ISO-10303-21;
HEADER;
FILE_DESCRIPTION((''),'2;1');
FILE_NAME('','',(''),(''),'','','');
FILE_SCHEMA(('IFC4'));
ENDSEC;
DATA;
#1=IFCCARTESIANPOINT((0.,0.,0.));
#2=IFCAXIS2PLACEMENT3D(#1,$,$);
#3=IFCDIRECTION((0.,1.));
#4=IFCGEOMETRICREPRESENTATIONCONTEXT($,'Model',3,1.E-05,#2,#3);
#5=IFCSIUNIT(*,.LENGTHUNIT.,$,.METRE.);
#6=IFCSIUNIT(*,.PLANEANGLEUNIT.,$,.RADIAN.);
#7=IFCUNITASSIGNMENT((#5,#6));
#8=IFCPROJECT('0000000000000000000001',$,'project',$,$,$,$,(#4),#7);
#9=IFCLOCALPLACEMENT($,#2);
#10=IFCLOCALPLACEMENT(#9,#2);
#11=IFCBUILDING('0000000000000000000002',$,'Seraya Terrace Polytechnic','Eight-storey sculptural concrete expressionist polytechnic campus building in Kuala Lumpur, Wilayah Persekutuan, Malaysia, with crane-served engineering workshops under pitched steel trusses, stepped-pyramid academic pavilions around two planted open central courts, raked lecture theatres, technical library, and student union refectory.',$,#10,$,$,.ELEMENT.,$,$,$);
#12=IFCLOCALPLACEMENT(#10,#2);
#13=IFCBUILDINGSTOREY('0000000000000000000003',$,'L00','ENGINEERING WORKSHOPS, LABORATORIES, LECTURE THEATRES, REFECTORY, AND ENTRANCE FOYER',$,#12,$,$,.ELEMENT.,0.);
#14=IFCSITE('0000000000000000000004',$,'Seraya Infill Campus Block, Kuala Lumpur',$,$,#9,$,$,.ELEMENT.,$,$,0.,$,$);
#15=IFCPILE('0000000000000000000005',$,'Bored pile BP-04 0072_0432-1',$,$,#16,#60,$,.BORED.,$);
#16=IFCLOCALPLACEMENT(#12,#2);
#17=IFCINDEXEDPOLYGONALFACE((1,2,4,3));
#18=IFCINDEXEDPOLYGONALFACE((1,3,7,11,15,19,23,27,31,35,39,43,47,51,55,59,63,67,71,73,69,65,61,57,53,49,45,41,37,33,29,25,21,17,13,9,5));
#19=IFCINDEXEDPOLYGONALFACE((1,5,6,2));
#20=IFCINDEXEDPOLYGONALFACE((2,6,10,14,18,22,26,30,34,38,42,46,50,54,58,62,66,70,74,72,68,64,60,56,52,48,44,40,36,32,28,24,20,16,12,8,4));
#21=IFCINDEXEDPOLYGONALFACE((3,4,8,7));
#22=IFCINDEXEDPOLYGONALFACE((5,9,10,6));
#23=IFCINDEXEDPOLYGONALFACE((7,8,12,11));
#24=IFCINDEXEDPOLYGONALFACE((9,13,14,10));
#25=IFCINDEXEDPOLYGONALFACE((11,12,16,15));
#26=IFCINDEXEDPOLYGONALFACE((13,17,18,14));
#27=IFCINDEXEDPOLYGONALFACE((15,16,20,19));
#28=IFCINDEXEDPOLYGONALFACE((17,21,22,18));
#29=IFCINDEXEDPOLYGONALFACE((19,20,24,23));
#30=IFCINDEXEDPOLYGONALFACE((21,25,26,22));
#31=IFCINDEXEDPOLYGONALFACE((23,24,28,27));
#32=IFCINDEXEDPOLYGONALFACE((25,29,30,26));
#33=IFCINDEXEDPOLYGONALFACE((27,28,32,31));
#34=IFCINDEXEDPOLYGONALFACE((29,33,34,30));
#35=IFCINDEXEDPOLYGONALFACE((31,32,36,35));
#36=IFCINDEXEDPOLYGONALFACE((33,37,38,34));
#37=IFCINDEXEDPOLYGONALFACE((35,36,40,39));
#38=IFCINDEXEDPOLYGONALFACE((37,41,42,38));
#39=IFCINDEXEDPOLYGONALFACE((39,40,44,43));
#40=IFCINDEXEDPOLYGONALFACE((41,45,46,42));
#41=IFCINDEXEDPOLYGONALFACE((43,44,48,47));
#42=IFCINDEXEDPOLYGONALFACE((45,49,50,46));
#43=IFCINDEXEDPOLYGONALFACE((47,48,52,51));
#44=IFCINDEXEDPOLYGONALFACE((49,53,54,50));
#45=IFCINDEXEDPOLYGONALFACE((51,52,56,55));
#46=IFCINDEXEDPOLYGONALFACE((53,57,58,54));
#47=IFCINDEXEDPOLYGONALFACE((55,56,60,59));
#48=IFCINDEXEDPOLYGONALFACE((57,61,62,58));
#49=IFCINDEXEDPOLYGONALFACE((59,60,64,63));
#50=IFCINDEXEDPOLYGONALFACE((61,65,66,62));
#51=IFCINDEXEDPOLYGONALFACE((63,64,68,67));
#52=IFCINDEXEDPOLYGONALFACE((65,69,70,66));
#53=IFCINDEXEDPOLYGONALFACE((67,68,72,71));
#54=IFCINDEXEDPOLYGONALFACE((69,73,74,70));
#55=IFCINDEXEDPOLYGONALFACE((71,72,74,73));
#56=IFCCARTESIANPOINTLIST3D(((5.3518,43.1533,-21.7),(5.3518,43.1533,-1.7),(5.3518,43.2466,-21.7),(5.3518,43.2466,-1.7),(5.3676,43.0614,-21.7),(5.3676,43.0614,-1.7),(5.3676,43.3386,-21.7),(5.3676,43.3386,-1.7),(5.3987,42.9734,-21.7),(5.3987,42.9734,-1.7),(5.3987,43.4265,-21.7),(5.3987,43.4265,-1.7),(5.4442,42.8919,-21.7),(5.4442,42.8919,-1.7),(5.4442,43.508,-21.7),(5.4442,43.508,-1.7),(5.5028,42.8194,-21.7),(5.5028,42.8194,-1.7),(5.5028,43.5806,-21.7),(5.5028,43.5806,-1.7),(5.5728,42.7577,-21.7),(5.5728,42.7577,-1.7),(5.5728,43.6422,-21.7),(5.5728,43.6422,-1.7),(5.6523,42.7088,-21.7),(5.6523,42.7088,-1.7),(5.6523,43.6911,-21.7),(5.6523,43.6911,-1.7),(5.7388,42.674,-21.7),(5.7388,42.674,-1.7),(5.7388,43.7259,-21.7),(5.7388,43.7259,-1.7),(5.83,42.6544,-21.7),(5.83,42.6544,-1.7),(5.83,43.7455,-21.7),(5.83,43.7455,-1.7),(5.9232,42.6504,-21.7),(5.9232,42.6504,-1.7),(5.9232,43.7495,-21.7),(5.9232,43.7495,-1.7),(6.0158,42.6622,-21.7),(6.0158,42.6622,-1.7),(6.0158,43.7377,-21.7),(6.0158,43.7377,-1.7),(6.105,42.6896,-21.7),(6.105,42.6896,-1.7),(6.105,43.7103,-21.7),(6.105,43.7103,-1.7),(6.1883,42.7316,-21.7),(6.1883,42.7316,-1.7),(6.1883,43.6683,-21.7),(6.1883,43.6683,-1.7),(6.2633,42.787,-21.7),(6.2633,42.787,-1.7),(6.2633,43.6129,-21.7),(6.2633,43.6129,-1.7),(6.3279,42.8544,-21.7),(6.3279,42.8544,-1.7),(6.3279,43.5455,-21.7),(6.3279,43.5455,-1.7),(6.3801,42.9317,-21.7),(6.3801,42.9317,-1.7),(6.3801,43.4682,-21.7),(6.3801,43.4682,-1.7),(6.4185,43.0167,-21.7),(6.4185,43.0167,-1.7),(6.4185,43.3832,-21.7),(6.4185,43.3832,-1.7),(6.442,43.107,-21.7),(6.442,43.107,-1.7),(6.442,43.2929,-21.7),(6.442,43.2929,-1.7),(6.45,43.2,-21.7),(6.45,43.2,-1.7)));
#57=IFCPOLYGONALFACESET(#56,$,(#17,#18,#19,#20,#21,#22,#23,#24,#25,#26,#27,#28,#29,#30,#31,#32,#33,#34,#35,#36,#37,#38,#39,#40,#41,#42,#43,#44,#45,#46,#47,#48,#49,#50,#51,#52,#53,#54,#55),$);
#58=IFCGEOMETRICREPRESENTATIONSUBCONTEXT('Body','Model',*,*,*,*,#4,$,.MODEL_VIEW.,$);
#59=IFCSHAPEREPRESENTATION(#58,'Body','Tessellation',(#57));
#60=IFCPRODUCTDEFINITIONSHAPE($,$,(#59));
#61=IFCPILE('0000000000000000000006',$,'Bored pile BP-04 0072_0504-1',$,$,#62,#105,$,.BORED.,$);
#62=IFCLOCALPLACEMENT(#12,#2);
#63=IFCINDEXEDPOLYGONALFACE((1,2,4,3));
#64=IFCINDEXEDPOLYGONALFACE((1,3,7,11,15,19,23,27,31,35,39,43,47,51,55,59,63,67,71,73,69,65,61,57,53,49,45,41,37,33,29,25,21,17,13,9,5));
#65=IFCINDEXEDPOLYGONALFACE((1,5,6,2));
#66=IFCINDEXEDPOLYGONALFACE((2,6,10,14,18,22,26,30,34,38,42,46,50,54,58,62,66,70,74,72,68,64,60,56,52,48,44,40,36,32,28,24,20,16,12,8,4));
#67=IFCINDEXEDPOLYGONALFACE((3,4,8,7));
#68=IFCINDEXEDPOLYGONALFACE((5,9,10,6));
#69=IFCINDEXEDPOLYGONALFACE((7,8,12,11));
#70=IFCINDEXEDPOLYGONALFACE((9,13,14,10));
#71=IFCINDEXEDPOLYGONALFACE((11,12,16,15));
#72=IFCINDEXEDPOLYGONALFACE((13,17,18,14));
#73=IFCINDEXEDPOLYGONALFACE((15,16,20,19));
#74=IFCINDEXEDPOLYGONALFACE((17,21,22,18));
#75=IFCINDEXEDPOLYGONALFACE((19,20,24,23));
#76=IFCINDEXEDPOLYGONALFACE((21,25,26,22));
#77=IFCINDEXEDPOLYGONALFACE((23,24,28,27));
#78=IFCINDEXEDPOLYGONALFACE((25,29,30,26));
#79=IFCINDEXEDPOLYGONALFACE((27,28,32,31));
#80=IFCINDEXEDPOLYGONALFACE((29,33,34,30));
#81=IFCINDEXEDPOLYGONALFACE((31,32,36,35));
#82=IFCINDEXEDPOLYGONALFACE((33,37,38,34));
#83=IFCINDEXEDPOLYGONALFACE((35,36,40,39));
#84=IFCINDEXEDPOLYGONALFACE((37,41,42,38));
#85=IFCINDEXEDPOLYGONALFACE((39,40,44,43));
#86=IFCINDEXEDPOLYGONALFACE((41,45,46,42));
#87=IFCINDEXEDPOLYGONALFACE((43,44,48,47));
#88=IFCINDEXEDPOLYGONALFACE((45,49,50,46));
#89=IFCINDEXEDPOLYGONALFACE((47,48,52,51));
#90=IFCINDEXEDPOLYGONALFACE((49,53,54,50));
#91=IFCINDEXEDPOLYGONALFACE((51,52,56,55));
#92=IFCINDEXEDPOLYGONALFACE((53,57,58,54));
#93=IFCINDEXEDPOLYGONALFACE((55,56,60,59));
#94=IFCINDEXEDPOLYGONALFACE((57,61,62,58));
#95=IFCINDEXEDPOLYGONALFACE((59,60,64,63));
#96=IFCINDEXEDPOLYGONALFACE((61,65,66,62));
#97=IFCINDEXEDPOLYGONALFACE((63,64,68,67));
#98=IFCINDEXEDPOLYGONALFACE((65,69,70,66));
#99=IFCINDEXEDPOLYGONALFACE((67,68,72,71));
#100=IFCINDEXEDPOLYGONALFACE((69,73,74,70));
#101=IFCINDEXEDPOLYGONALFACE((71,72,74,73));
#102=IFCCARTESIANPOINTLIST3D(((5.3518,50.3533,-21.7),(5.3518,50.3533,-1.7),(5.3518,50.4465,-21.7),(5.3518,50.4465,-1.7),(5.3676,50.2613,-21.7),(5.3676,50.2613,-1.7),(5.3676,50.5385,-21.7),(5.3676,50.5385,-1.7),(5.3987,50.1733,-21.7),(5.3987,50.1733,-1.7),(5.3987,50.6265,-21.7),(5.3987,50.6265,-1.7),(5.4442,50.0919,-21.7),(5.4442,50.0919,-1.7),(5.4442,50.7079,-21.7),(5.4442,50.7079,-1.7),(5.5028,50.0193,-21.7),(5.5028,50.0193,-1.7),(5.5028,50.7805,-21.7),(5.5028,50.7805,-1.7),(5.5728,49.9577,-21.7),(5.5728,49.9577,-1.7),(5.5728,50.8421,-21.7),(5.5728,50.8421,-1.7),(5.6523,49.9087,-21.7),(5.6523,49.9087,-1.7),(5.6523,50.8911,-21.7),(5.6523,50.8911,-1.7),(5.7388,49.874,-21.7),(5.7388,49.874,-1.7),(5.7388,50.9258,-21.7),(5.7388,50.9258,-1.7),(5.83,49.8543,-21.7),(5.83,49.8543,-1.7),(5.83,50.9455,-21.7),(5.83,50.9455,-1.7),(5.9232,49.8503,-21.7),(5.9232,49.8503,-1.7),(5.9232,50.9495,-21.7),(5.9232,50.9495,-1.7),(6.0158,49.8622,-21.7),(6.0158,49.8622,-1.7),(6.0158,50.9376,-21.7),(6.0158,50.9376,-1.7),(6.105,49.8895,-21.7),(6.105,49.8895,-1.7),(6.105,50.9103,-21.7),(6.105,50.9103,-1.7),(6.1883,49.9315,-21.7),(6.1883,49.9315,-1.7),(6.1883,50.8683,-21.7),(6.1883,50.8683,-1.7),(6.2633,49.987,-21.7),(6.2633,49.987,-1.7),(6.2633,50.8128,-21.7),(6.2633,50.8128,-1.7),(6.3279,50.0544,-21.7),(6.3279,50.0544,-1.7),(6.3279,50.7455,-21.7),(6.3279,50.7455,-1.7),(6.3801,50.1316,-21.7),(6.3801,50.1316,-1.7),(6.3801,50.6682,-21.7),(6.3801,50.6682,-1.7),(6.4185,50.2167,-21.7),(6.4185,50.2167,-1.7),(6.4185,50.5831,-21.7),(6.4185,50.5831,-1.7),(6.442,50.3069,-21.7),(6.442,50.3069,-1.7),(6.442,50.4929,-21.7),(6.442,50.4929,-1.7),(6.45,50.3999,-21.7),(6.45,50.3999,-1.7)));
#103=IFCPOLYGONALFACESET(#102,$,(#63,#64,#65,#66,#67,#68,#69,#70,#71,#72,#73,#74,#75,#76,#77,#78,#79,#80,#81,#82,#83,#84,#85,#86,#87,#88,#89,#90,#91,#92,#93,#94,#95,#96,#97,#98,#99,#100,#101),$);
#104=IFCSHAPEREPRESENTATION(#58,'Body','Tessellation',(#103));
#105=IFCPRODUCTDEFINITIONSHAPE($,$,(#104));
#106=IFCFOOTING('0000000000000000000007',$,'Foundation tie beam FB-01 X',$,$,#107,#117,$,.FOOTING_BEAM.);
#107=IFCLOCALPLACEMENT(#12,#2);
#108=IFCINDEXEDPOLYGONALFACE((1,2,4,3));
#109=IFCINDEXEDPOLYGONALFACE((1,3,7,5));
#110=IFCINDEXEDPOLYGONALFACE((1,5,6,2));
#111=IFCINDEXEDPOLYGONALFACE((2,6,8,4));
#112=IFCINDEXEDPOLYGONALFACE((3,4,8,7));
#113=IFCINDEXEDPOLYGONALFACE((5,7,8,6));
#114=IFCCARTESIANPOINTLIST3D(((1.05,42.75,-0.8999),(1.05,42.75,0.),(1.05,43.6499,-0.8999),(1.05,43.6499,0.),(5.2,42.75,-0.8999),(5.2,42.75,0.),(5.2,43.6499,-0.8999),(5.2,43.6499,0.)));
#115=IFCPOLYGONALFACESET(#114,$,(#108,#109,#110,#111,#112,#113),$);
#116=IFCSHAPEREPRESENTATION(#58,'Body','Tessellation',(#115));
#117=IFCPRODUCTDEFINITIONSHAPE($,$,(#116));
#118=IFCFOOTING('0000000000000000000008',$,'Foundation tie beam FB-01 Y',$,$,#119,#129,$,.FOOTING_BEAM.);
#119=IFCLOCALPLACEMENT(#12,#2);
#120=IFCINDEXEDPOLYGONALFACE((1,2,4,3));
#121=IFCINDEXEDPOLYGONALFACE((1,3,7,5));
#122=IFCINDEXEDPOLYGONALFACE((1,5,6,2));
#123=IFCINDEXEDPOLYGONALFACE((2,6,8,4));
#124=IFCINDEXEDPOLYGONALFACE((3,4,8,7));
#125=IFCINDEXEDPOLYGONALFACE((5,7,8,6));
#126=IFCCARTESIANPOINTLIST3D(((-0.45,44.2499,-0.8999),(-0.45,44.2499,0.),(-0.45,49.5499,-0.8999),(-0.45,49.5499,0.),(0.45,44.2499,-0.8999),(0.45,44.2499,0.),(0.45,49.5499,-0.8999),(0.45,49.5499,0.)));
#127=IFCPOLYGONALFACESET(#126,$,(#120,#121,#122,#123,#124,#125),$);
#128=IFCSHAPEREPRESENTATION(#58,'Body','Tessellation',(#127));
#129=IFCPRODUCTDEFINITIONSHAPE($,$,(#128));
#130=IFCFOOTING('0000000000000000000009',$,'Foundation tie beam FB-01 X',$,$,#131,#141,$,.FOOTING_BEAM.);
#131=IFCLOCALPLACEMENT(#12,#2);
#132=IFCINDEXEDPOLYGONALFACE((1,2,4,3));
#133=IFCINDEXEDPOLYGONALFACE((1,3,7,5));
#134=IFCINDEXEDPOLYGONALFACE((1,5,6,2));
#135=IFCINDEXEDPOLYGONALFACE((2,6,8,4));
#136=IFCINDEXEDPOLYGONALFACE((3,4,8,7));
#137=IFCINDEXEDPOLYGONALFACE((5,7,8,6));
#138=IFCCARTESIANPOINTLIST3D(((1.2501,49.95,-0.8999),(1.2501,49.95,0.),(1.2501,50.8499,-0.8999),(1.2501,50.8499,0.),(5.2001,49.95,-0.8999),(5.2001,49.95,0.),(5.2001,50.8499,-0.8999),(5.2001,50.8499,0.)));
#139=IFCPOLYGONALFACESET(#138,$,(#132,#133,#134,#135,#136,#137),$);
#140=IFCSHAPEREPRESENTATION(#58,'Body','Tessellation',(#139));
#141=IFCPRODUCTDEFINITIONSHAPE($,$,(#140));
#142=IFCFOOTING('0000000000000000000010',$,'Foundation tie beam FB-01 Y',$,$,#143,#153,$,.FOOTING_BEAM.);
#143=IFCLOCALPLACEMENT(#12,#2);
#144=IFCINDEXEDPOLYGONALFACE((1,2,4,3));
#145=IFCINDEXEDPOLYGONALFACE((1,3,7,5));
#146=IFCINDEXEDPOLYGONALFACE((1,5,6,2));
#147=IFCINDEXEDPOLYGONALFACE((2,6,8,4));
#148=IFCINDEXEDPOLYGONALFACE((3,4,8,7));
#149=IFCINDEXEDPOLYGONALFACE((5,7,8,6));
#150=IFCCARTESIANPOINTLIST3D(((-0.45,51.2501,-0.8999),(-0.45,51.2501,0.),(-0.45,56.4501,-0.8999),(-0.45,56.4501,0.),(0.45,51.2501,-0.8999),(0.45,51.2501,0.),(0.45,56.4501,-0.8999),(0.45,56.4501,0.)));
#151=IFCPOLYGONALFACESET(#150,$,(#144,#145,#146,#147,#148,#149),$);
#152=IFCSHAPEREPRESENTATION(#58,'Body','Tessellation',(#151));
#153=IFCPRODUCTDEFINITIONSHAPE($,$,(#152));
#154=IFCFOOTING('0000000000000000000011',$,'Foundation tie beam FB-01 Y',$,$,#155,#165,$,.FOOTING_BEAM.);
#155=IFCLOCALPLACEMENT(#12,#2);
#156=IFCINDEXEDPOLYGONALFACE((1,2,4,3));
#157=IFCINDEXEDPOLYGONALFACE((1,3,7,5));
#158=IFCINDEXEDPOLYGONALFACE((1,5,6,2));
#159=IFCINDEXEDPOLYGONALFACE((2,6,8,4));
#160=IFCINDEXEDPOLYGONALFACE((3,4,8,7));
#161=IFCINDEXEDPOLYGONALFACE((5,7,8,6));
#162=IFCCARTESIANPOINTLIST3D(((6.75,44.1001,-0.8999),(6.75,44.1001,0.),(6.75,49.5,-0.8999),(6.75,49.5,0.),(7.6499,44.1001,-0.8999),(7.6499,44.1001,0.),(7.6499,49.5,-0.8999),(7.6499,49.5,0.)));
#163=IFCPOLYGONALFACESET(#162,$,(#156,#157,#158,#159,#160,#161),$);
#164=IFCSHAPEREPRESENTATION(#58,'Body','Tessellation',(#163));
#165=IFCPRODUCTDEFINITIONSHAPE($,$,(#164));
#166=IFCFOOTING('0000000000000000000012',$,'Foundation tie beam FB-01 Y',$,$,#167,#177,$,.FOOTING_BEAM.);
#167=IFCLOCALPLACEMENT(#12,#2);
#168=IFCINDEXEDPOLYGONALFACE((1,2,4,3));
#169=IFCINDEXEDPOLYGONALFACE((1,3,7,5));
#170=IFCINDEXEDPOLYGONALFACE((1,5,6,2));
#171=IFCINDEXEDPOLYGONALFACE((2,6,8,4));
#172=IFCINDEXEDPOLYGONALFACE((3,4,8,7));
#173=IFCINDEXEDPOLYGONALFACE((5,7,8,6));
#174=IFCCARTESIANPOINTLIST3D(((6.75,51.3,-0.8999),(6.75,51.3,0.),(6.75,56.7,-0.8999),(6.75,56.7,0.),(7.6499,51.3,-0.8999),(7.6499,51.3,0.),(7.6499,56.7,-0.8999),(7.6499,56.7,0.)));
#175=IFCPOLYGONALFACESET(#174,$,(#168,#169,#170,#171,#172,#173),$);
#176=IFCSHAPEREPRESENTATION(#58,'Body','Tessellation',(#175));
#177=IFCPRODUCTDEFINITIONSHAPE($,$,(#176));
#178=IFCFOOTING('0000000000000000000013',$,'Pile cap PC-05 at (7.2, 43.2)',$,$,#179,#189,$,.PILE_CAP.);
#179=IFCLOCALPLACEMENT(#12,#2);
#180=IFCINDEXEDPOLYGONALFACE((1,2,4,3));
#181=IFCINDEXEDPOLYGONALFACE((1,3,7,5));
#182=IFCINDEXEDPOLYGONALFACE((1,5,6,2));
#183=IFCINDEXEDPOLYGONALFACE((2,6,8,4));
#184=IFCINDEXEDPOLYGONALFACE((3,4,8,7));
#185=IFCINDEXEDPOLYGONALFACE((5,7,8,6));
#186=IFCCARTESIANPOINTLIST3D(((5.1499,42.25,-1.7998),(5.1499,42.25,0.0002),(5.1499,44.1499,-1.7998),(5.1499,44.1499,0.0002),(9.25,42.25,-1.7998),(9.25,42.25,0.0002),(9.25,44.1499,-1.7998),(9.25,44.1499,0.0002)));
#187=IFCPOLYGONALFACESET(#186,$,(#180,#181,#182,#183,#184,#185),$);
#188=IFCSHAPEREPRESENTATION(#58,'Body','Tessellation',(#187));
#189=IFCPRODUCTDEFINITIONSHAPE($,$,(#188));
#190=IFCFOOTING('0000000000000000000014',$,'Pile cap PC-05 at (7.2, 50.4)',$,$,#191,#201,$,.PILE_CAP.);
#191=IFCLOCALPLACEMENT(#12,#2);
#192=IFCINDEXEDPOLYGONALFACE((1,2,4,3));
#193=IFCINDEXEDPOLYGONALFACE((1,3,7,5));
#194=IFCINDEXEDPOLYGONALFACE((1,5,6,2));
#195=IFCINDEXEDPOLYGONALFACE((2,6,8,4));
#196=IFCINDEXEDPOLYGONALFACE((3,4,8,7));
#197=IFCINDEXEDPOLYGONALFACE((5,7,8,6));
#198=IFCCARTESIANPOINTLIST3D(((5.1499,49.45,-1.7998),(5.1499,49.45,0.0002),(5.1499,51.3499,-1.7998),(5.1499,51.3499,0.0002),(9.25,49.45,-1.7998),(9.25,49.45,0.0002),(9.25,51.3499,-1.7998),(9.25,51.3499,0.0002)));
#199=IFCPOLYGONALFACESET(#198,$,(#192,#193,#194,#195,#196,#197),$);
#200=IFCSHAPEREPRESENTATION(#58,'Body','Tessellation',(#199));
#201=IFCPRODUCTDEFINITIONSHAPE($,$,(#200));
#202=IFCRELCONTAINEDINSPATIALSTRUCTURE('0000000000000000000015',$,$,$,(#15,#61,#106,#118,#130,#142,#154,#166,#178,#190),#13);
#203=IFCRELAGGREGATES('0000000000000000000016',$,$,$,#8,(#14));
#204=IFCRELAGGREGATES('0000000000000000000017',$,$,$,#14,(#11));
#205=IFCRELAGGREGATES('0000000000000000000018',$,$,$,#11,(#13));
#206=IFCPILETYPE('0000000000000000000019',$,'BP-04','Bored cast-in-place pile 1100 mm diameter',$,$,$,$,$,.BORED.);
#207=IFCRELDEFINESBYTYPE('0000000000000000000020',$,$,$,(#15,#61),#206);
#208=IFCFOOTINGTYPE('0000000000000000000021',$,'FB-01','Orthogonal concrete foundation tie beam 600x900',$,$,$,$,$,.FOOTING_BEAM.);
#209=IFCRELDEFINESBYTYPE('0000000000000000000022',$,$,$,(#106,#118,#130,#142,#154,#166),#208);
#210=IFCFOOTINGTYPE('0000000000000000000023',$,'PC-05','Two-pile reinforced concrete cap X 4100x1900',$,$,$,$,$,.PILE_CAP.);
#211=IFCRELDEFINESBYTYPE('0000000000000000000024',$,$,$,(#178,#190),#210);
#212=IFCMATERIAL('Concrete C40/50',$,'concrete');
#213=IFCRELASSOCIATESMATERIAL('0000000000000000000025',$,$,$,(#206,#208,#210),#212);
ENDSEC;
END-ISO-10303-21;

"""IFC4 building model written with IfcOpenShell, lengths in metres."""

from ifc_helpers import new_model, si_unit, direction, frame, origin, origin_2d, place, context, subcontext, project, spatial, rectangle, circle, extrude, material, material_profile, profile_set, type_object, element, save


model = new_model("IFC4")

# Units and contexts
model_context = context("Model", 3, precision=1e-05, world=origin(), true_north=direction((0.0, 1.0)))
body_context = subcontext(model_context, "Body", "Model", "MODEL_VIEW")
ifc_project = project(units=[si_unit("LENGTHUNIT", "METRE"), si_unit("PLANEANGLEUNIT", "RADIAN")], contexts=[model_context])

# Site, building, storey
site_placement = place(None, origin())
site = spatial("IfcSite", under=ifc_project, at=site_placement, Name="Seraya Infill Campus Block, Kuala Lumpur", CompositionType="ELEMENT", RefElevation=0.0)
building_placement = place(site_placement, origin())
building = spatial("IfcBuilding", under=site, at=building_placement, Name="Seraya Terrace Polytechnic", Description="Eight-storey sculptural concrete expressionist polytechnic campus building in Kuala Lumpur, Wilayah Persekutuan, Malaysia, with crane-served engineering workshops under pitched steel trusses, stepped-pyramid academic pavilions around two planted open central courts, raked lecture theatres, technical library, and student union refectory.", CompositionType="ELEMENT")
storey_placement = place(building_placement, origin())
storey = spatial("IfcBuildingStorey", under=building, at=storey_placement, Name="L00", Description="ENGINEERING WORKSHOPS, LABORATORIES, LECTURE THEATRES, REFECTORY, AND ENTRANCE FOYER", CompositionType="ELEMENT", Elevation=0.0)

# Piles
ifc_material_1 = material(Name="Concrete C40/50", Category="concrete")
ifc_material_profile_1 = material_profile(ifc_material_1, circle(Radius=0.55, at=origin_2d()), Name="DIA 1100")
ifc_profile_set_1 = profile_set([ifc_material_profile_1], Name="Concrete C40/50")
pile_type = type_object("IfcPileType", Name="BP-04", Description="Bored cast-in-place pile 1100 mm diameter", PredefinedType="BORED", material=ifc_profile_set_1)
for number, where, z_axis, x_axis, name in (
    (1, (5.8999, 43.2, -1.7), (0.0, 0.0, -1.0), (1.0, 0.0, 0.0), "Bored pile BP-04 0072_0432-1"),
    (2, (5.8999, 50.3999, -1.7), (0.0, 0.0, -1.0), (1.0, 0.0, 0.0), "Bored pile BP-04 0072_0504-1"),
):
    element("IfcPile", number, at=place(storey_placement, frame(where, z_axis=z_axis, x_axis=x_axis)), inside=storey, type_object=pile_type, Name=name, PredefinedType="BORED", context=body_context, shape_type="SweptSolid", body=[
        extrude(circle(Radius=0.55, at=origin_2d()), origin(), (0.0, 0.0, 1.0), 20.0),
    ])

# Footings
footing_type_1 = type_object("IfcFootingType", Name="FB-01", Description="Orthogonal concrete foundation tie beam 600x900", PredefinedType="FOOTING_BEAM", material=ifc_material_1)
footing_1_placement = place(storey_placement, frame((3.125, 43.2, -0.8999), z_axis=(0.0, 0.0, 1.0), x_axis=(1.0, 0.0, 0.0)))
element("IfcFooting", 3, at=footing_1_placement, inside=storey, type_object=footing_type_1, Name="Foundation tie beam FB-01 X", PredefinedType="FOOTING_BEAM", context=body_context, shape_type="SweptSolid", body=[
    extrude(rectangle(XDim=4.1499, YDim=0.8999, at=origin_2d()), origin(), (0.0, 0.0, 1.0), 0.8999),
])
footing_2_placement = place(storey_placement, frame((0.0, 46.8999, -0.8999), z_axis=(0.0, 0.0, 1.0), x_axis=(0.0, 1.0, 0.0)))
element("IfcFooting", 4, at=footing_2_placement, inside=storey, type_object=footing_type_1, Name="Foundation tie beam FB-01 Y", PredefinedType="FOOTING_BEAM", context=body_context, shape_type="SweptSolid", body=[
    extrude(rectangle(XDim=5.3, YDim=0.8999, at=origin_2d()), origin(), (0.0, 0.0, 1.0), 0.8999),
])
footing_3_placement = place(storey_placement, frame((3.2251, 50.3999, -0.8999), z_axis=(0.0, 0.0, 1.0), x_axis=(1.0, 0.0, 0.0)))
element("IfcFooting", 5, at=footing_3_placement, inside=storey, type_object=footing_type_1, Name="Foundation tie beam FB-01 X", PredefinedType="FOOTING_BEAM", context=body_context, shape_type="SweptSolid", body=[
    extrude(rectangle(XDim=3.95, YDim=0.8999, at=origin_2d()), origin(), (0.0, 0.0, 1.0), 0.8999),
])
footing_4_placement = place(storey_placement, frame((0.0, 53.8501, -0.8999), z_axis=(0.0, 0.0, 1.0), x_axis=(0.0, 1.0, 0.0)))
element("IfcFooting", 6, at=footing_4_placement, inside=storey, type_object=footing_type_1, Name="Foundation tie beam FB-01 Y", PredefinedType="FOOTING_BEAM", context=body_context, shape_type="SweptSolid", body=[
    extrude(rectangle(XDim=5.2, YDim=0.8999, at=origin_2d()), origin(), (0.0, 0.0, 1.0), 0.8999),
])
for number, where, z_axis, x_axis, name in (
    (7, (7.2, 46.8, -0.8999), (0.0, 0.0, 1.0), (0.0, 1.0, 0.0), "Foundation tie beam FB-01 Y"),
    (8, (7.2, 54.0, -0.8999), (0.0, 0.0, 1.0), (0.0, 1.0, 0.0), "Foundation tie beam FB-01 Y"),
):
    element("IfcFooting", number, at=place(storey_placement, frame(where, z_axis=z_axis, x_axis=x_axis)), inside=storey, type_object=footing_type_1, Name=name, PredefinedType="FOOTING_BEAM", context=body_context, shape_type="SweptSolid", body=[
        extrude(rectangle(XDim=5.3999, YDim=0.8999, at=origin_2d()), origin(), (0.0, 0.0, 1.0), 0.8999),
    ])
footing_type_2 = type_object("IfcFootingType", Name="PC-05", Description="Two-pile reinforced concrete cap X 4100x1900", PredefinedType="PILE_CAP", material=ifc_material_1)
for number, where, z_axis, x_axis, name in (
    (9, (7.2, 43.2, -1.7998), (0.0, 0.0, 1.0), (1.0, 0.0, 0.0), "Pile cap PC-05 at (7.2, 43.2)"),
    (10, (7.2, 50.3999, -1.7998), (0.0, 0.0, 1.0), (1.0, 0.0, 0.0), "Pile cap PC-05 at (7.2, 50.4)"),
):
    element("IfcFooting", number, at=place(storey_placement, frame(where, z_axis=z_axis, x_axis=x_axis)), inside=storey, type_object=footing_type_2, Name=name, PredefinedType="PILE_CAP", context=body_context, shape_type="SweptSolid", body=[
        extrude(rectangle(XDim=4.1001, YDim=1.8999, at=origin_2d()), origin(), (0.0, 0.0, 1.0), 1.8),
    ])

save(model, "model.ifc")
